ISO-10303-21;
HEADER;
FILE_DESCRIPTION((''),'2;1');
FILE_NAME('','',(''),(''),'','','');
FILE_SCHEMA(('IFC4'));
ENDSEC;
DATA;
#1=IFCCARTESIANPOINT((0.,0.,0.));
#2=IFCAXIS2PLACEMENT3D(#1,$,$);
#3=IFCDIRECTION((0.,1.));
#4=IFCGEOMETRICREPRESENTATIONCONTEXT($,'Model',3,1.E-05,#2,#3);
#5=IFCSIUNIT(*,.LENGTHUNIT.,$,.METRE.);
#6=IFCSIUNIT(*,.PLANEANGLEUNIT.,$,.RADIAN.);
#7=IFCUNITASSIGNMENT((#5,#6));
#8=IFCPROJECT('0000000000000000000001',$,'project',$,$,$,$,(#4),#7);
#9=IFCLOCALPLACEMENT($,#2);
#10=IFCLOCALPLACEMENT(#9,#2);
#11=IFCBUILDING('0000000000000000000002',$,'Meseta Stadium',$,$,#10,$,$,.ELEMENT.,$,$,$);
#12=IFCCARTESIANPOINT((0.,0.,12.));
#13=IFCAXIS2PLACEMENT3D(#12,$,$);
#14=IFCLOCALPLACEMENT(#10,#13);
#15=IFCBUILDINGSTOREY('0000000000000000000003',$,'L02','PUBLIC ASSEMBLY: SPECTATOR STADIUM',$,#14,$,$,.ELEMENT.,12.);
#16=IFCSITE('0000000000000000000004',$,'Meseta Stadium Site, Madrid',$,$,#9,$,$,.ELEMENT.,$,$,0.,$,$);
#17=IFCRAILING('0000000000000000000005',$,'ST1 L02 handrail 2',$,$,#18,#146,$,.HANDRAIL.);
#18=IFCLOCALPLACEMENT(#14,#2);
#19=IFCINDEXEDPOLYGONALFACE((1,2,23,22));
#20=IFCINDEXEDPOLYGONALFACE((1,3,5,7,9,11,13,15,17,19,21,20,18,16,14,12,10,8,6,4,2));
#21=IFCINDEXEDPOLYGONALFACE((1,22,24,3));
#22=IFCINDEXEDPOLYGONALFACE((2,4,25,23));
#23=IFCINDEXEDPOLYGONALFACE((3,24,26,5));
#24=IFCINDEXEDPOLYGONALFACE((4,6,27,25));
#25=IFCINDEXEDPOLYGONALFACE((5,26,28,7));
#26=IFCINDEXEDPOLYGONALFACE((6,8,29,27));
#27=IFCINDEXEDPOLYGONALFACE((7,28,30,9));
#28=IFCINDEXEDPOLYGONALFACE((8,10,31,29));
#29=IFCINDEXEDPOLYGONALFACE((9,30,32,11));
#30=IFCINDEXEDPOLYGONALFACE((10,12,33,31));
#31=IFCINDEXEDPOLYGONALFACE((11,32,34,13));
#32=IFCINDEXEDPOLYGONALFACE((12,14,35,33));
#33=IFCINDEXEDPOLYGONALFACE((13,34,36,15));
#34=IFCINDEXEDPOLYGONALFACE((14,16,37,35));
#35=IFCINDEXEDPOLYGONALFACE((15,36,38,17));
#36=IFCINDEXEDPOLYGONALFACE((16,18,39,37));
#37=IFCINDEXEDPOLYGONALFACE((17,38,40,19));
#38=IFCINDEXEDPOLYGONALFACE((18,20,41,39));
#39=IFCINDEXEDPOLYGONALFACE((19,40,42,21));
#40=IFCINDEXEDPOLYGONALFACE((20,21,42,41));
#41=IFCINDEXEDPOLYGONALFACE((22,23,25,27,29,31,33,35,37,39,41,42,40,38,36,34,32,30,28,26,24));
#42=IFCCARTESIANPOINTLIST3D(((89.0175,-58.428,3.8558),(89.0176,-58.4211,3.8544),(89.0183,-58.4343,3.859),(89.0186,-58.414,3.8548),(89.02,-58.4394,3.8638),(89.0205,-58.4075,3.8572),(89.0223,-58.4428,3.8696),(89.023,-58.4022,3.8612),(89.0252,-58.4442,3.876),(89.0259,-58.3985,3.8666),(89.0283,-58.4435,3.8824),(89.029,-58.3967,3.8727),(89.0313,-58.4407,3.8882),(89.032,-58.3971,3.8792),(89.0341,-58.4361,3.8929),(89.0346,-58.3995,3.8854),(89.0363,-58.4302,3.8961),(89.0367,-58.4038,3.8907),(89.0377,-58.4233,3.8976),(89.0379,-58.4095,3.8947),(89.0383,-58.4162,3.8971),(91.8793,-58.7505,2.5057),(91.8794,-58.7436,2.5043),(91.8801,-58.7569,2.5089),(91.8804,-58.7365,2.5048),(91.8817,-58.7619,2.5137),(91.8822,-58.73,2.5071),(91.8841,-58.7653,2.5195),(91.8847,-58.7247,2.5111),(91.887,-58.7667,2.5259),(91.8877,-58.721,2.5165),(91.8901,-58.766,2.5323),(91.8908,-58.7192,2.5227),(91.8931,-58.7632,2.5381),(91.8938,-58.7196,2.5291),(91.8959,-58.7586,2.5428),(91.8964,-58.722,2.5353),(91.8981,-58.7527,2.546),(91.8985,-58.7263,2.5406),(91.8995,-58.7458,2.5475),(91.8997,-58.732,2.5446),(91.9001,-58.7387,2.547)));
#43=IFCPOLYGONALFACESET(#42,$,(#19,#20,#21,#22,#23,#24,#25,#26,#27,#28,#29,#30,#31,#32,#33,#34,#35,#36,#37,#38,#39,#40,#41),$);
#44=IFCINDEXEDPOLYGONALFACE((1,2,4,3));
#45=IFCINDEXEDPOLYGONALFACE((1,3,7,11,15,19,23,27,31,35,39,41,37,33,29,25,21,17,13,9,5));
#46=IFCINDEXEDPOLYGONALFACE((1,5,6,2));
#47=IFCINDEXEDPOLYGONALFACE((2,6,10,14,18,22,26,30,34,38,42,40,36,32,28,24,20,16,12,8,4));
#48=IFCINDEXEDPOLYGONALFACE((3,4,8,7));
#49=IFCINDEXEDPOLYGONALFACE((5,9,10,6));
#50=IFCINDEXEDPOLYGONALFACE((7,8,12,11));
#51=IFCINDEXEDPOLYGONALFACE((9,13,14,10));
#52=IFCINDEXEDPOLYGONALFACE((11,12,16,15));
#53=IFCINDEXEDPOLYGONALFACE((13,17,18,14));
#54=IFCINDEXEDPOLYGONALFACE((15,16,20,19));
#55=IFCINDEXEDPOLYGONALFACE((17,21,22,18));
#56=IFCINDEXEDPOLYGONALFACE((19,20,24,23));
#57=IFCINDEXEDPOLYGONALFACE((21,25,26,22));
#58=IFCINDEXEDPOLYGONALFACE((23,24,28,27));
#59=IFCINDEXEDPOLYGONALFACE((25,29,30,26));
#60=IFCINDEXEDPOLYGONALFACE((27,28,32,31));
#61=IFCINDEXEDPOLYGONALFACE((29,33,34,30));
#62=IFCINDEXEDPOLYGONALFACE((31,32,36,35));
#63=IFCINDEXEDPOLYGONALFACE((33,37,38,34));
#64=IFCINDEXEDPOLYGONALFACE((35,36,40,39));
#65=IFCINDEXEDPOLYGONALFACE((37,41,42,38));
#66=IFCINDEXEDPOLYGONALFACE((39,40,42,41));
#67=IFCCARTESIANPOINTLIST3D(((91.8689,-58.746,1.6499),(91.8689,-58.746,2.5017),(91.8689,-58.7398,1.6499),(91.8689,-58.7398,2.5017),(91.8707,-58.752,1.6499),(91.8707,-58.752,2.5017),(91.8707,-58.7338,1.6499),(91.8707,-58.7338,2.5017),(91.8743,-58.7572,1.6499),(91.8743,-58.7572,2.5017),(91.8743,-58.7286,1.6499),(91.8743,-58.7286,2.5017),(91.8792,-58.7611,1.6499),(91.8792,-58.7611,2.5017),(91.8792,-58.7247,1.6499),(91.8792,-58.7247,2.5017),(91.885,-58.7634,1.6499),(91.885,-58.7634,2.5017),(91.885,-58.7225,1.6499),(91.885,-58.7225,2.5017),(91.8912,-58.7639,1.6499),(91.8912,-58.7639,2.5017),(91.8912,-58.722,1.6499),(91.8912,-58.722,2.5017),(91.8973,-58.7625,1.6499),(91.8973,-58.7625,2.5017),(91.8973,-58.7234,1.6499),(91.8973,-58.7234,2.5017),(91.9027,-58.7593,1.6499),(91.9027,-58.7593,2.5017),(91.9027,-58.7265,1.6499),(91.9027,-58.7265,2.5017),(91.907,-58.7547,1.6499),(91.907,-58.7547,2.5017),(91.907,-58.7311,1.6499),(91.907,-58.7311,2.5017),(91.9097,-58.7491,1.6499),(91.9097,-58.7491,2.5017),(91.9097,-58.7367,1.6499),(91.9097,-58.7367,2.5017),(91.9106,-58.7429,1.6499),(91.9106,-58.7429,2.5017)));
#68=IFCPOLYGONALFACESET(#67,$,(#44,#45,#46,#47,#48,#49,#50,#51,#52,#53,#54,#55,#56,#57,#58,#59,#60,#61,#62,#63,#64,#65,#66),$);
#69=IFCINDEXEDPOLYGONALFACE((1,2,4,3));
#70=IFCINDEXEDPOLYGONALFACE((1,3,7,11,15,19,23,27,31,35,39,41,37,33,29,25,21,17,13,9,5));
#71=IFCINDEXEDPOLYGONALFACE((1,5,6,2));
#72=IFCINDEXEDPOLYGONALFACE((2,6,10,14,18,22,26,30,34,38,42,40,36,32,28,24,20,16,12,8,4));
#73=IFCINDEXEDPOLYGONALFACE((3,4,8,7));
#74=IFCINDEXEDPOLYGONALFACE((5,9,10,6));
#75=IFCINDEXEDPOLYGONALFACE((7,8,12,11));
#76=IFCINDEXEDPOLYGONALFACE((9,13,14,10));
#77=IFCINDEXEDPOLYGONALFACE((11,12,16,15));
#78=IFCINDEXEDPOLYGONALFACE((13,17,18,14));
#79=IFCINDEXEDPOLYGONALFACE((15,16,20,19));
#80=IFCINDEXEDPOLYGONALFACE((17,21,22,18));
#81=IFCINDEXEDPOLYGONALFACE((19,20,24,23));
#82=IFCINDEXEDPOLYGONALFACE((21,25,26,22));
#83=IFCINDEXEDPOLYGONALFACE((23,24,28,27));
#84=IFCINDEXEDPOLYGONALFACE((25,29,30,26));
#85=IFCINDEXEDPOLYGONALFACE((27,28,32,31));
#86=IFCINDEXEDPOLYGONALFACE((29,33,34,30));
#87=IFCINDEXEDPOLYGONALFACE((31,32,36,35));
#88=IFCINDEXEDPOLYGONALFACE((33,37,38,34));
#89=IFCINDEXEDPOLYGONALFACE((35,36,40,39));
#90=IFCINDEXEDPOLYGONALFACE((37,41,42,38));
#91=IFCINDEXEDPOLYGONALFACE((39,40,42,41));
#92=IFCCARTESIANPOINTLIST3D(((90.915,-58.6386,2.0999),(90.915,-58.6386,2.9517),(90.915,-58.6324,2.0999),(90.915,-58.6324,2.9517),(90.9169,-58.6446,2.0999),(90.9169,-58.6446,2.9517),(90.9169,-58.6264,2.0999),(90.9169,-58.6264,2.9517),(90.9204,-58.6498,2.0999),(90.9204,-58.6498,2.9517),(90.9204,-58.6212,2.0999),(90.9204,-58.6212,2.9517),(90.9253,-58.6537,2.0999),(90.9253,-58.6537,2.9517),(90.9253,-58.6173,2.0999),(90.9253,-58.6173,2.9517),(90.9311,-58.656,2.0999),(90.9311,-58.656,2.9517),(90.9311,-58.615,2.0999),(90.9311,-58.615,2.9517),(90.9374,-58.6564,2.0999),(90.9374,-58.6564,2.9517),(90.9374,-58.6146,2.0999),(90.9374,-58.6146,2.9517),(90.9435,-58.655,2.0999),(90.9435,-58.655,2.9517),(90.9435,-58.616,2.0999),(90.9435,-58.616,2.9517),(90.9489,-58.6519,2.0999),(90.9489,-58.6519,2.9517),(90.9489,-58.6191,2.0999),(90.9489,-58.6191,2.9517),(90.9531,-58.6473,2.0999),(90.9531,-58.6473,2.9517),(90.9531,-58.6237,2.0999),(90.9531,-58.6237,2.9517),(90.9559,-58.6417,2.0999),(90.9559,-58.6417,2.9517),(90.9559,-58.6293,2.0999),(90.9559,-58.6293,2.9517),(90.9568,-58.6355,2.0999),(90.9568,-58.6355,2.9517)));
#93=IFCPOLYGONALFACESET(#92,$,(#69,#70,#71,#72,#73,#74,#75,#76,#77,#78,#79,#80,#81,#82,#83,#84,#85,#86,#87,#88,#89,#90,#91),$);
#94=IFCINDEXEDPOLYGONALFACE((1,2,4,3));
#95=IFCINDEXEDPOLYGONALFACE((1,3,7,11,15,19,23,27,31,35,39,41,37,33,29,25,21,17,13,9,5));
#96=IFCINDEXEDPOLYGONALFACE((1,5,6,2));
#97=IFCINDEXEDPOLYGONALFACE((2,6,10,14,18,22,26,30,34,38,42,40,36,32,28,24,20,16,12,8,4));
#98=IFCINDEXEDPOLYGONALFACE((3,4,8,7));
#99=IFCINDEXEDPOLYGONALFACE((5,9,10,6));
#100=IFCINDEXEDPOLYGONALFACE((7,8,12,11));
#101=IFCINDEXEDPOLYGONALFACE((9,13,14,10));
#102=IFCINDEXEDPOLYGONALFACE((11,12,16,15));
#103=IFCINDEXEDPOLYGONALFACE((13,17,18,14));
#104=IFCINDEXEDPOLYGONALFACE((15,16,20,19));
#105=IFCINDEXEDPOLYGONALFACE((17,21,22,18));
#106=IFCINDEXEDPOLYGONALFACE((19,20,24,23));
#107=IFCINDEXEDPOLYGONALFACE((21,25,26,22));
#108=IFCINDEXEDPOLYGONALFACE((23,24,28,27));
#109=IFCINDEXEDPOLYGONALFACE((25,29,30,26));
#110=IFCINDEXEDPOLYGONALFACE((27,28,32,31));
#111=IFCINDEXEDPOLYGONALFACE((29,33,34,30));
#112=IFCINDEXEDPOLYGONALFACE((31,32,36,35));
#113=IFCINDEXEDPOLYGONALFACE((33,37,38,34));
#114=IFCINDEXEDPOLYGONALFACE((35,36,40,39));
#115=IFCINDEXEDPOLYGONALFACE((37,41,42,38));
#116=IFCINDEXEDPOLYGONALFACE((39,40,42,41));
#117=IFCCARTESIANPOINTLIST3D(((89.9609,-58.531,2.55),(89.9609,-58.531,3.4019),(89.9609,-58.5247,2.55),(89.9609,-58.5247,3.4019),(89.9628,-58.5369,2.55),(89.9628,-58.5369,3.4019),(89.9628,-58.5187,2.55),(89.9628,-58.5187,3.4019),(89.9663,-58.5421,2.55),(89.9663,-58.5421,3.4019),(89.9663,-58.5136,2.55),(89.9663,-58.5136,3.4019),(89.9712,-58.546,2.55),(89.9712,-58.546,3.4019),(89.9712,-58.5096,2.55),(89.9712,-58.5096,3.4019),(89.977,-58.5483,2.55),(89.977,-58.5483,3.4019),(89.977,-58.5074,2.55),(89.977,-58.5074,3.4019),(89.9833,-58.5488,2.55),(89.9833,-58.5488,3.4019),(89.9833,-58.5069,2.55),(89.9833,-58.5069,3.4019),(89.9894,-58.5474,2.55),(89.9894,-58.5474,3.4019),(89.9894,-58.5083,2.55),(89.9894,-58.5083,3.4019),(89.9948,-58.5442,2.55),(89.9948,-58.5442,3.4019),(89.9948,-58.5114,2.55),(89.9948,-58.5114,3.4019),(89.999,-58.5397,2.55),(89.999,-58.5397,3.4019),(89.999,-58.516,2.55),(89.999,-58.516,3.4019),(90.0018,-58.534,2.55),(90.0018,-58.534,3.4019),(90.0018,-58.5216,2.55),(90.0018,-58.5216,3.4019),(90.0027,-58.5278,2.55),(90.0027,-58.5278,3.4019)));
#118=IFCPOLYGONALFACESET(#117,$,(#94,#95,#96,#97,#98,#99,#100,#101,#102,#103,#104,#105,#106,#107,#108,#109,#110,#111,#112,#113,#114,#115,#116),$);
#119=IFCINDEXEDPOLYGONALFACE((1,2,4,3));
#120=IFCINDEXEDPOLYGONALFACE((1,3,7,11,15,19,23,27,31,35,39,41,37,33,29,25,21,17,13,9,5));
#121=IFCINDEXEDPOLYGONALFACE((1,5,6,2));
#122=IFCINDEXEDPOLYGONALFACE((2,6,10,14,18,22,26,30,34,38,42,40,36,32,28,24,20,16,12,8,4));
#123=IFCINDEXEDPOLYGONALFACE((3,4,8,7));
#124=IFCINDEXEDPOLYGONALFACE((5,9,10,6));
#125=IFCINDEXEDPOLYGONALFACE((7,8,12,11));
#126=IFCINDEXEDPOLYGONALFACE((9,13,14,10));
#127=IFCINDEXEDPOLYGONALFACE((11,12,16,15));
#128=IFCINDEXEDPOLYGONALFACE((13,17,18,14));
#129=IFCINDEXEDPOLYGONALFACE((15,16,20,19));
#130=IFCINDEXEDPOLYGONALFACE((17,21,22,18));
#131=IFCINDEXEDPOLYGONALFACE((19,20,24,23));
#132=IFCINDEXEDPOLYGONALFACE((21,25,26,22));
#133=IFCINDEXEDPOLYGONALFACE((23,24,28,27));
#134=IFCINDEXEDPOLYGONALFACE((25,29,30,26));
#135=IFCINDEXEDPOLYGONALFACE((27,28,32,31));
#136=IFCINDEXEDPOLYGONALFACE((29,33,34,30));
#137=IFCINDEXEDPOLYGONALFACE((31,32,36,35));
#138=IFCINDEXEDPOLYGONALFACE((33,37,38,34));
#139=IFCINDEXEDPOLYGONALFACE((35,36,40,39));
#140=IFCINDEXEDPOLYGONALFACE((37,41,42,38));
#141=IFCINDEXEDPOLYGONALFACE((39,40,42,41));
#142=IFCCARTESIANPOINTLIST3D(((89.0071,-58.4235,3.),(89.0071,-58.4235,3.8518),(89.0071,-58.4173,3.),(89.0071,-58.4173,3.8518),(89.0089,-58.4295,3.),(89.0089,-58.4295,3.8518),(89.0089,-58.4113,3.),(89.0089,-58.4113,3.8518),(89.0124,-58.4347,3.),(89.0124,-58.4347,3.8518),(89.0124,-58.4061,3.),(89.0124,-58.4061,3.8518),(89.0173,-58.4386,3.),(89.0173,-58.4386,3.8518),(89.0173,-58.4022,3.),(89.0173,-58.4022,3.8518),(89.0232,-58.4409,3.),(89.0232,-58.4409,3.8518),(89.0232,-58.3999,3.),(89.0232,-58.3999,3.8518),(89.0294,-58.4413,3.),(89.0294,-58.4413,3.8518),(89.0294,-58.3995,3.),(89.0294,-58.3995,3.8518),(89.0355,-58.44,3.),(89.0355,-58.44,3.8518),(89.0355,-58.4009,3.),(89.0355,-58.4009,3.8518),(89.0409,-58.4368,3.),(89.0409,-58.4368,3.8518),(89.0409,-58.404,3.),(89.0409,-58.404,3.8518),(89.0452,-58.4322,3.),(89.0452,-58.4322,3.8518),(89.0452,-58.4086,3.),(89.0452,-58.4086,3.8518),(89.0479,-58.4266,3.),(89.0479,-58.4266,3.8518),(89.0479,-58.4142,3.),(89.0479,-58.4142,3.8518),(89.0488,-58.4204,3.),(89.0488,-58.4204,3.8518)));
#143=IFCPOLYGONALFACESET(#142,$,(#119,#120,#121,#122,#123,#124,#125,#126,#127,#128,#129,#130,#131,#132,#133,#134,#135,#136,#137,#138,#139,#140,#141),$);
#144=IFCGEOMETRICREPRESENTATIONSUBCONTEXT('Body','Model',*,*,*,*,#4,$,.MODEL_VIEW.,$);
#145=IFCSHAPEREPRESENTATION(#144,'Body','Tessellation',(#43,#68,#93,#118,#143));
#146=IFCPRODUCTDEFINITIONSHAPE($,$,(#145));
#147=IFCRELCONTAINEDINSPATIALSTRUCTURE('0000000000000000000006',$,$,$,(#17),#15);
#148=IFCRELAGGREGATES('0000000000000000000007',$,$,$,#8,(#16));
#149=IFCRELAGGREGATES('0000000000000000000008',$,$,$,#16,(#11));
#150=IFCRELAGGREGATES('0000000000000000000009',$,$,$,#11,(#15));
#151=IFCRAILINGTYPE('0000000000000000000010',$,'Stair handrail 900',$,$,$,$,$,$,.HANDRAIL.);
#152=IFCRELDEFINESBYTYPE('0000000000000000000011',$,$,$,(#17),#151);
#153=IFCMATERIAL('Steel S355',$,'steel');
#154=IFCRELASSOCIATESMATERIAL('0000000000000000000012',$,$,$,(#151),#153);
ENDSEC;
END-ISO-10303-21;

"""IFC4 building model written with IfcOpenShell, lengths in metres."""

from ifc_helpers import new_model, si_unit, direction, frame, origin, origin_2d, place, context, subcontext, project, spatial, circle, extrude, material, type_object, element, save


model = new_model("IFC4")

# Units and contexts
model_context = context("Model", 3, precision=1e-05, world=origin(), true_north=direction((0.0, 1.0)))
body_context = subcontext(model_context, "Body", "Model", "MODEL_VIEW")
ifc_project = project(units=[si_unit("LENGTHUNIT", "METRE"), si_unit("PLANEANGLEUNIT", "RADIAN")], contexts=[model_context])

# Site, building, storey
site_placement = place(None, origin())
site = spatial("IfcSite", under=ifc_project, at=site_placement, Name="Meseta Stadium Site, Madrid", CompositionType="ELEMENT", RefElevation=0.0)
building_placement = place(site_placement, origin())
building = spatial("IfcBuilding", under=site, at=building_placement, Name="Meseta Stadium", CompositionType="ELEMENT")
storey_placement = place(building_placement, frame((0.0, 0.0, 12.0)))
storey = spatial("IfcBuildingStorey", under=building, at=storey_placement, Name="L02", Description="PUBLIC ASSEMBLY: SPECTATOR STADIUM", CompositionType="ELEMENT", Elevation=12.0)

# Railing
ifc_material_1 = material(Name="Steel S355", Category="steel")
railing_type_1 = type_object("IfcRailingType", Name="Stair handrail 900", PredefinedType="HANDRAIL", material=ifc_material_1)
for number, where, name in (
    (1, (91.8896, -58.7429, 1.6499), "ST1 L02 handrail 2"),
):
    element("IfcRailing", number, at=place(storey_placement, frame(where)), inside=storey, type_object=railing_type_1, Name=name, PredefinedType="HANDRAIL", context=body_context, shape_type="SweptSolid", body=[
        extrude(circle(Radius=0.0239, at=origin_2d()), frame((0.0, 0.0, 0.876), z_axis=(-0.899748, 0.101396, 0.424467), x_axis=(-0.111985, -0.99371, 0.0)), (0.0, 0.0, 1.0), 3.1807),
        extrude(circle(Radius=0.021, at=origin_2d()), origin(), (0.0, 0.0, 1.0), 0.8518),
        extrude(circle(Radius=0.021, at=origin_2d()), frame((-0.9539, 0.1074, 0.45)), (0.0, 0.0, 1.0), 0.8518),
        extrude(circle(Radius=0.021, at=origin_2d()), frame((-1.908, 0.2151, 0.9001)), (0.0, 0.0, 1.0), 0.8518),
        extrude(circle(Radius=0.021, at=origin_2d()), frame((-2.8618, 0.3225, 1.3501)), (0.0, 0.0, 1.0), 0.8518),
    ])

save(model, "model.ifc")
